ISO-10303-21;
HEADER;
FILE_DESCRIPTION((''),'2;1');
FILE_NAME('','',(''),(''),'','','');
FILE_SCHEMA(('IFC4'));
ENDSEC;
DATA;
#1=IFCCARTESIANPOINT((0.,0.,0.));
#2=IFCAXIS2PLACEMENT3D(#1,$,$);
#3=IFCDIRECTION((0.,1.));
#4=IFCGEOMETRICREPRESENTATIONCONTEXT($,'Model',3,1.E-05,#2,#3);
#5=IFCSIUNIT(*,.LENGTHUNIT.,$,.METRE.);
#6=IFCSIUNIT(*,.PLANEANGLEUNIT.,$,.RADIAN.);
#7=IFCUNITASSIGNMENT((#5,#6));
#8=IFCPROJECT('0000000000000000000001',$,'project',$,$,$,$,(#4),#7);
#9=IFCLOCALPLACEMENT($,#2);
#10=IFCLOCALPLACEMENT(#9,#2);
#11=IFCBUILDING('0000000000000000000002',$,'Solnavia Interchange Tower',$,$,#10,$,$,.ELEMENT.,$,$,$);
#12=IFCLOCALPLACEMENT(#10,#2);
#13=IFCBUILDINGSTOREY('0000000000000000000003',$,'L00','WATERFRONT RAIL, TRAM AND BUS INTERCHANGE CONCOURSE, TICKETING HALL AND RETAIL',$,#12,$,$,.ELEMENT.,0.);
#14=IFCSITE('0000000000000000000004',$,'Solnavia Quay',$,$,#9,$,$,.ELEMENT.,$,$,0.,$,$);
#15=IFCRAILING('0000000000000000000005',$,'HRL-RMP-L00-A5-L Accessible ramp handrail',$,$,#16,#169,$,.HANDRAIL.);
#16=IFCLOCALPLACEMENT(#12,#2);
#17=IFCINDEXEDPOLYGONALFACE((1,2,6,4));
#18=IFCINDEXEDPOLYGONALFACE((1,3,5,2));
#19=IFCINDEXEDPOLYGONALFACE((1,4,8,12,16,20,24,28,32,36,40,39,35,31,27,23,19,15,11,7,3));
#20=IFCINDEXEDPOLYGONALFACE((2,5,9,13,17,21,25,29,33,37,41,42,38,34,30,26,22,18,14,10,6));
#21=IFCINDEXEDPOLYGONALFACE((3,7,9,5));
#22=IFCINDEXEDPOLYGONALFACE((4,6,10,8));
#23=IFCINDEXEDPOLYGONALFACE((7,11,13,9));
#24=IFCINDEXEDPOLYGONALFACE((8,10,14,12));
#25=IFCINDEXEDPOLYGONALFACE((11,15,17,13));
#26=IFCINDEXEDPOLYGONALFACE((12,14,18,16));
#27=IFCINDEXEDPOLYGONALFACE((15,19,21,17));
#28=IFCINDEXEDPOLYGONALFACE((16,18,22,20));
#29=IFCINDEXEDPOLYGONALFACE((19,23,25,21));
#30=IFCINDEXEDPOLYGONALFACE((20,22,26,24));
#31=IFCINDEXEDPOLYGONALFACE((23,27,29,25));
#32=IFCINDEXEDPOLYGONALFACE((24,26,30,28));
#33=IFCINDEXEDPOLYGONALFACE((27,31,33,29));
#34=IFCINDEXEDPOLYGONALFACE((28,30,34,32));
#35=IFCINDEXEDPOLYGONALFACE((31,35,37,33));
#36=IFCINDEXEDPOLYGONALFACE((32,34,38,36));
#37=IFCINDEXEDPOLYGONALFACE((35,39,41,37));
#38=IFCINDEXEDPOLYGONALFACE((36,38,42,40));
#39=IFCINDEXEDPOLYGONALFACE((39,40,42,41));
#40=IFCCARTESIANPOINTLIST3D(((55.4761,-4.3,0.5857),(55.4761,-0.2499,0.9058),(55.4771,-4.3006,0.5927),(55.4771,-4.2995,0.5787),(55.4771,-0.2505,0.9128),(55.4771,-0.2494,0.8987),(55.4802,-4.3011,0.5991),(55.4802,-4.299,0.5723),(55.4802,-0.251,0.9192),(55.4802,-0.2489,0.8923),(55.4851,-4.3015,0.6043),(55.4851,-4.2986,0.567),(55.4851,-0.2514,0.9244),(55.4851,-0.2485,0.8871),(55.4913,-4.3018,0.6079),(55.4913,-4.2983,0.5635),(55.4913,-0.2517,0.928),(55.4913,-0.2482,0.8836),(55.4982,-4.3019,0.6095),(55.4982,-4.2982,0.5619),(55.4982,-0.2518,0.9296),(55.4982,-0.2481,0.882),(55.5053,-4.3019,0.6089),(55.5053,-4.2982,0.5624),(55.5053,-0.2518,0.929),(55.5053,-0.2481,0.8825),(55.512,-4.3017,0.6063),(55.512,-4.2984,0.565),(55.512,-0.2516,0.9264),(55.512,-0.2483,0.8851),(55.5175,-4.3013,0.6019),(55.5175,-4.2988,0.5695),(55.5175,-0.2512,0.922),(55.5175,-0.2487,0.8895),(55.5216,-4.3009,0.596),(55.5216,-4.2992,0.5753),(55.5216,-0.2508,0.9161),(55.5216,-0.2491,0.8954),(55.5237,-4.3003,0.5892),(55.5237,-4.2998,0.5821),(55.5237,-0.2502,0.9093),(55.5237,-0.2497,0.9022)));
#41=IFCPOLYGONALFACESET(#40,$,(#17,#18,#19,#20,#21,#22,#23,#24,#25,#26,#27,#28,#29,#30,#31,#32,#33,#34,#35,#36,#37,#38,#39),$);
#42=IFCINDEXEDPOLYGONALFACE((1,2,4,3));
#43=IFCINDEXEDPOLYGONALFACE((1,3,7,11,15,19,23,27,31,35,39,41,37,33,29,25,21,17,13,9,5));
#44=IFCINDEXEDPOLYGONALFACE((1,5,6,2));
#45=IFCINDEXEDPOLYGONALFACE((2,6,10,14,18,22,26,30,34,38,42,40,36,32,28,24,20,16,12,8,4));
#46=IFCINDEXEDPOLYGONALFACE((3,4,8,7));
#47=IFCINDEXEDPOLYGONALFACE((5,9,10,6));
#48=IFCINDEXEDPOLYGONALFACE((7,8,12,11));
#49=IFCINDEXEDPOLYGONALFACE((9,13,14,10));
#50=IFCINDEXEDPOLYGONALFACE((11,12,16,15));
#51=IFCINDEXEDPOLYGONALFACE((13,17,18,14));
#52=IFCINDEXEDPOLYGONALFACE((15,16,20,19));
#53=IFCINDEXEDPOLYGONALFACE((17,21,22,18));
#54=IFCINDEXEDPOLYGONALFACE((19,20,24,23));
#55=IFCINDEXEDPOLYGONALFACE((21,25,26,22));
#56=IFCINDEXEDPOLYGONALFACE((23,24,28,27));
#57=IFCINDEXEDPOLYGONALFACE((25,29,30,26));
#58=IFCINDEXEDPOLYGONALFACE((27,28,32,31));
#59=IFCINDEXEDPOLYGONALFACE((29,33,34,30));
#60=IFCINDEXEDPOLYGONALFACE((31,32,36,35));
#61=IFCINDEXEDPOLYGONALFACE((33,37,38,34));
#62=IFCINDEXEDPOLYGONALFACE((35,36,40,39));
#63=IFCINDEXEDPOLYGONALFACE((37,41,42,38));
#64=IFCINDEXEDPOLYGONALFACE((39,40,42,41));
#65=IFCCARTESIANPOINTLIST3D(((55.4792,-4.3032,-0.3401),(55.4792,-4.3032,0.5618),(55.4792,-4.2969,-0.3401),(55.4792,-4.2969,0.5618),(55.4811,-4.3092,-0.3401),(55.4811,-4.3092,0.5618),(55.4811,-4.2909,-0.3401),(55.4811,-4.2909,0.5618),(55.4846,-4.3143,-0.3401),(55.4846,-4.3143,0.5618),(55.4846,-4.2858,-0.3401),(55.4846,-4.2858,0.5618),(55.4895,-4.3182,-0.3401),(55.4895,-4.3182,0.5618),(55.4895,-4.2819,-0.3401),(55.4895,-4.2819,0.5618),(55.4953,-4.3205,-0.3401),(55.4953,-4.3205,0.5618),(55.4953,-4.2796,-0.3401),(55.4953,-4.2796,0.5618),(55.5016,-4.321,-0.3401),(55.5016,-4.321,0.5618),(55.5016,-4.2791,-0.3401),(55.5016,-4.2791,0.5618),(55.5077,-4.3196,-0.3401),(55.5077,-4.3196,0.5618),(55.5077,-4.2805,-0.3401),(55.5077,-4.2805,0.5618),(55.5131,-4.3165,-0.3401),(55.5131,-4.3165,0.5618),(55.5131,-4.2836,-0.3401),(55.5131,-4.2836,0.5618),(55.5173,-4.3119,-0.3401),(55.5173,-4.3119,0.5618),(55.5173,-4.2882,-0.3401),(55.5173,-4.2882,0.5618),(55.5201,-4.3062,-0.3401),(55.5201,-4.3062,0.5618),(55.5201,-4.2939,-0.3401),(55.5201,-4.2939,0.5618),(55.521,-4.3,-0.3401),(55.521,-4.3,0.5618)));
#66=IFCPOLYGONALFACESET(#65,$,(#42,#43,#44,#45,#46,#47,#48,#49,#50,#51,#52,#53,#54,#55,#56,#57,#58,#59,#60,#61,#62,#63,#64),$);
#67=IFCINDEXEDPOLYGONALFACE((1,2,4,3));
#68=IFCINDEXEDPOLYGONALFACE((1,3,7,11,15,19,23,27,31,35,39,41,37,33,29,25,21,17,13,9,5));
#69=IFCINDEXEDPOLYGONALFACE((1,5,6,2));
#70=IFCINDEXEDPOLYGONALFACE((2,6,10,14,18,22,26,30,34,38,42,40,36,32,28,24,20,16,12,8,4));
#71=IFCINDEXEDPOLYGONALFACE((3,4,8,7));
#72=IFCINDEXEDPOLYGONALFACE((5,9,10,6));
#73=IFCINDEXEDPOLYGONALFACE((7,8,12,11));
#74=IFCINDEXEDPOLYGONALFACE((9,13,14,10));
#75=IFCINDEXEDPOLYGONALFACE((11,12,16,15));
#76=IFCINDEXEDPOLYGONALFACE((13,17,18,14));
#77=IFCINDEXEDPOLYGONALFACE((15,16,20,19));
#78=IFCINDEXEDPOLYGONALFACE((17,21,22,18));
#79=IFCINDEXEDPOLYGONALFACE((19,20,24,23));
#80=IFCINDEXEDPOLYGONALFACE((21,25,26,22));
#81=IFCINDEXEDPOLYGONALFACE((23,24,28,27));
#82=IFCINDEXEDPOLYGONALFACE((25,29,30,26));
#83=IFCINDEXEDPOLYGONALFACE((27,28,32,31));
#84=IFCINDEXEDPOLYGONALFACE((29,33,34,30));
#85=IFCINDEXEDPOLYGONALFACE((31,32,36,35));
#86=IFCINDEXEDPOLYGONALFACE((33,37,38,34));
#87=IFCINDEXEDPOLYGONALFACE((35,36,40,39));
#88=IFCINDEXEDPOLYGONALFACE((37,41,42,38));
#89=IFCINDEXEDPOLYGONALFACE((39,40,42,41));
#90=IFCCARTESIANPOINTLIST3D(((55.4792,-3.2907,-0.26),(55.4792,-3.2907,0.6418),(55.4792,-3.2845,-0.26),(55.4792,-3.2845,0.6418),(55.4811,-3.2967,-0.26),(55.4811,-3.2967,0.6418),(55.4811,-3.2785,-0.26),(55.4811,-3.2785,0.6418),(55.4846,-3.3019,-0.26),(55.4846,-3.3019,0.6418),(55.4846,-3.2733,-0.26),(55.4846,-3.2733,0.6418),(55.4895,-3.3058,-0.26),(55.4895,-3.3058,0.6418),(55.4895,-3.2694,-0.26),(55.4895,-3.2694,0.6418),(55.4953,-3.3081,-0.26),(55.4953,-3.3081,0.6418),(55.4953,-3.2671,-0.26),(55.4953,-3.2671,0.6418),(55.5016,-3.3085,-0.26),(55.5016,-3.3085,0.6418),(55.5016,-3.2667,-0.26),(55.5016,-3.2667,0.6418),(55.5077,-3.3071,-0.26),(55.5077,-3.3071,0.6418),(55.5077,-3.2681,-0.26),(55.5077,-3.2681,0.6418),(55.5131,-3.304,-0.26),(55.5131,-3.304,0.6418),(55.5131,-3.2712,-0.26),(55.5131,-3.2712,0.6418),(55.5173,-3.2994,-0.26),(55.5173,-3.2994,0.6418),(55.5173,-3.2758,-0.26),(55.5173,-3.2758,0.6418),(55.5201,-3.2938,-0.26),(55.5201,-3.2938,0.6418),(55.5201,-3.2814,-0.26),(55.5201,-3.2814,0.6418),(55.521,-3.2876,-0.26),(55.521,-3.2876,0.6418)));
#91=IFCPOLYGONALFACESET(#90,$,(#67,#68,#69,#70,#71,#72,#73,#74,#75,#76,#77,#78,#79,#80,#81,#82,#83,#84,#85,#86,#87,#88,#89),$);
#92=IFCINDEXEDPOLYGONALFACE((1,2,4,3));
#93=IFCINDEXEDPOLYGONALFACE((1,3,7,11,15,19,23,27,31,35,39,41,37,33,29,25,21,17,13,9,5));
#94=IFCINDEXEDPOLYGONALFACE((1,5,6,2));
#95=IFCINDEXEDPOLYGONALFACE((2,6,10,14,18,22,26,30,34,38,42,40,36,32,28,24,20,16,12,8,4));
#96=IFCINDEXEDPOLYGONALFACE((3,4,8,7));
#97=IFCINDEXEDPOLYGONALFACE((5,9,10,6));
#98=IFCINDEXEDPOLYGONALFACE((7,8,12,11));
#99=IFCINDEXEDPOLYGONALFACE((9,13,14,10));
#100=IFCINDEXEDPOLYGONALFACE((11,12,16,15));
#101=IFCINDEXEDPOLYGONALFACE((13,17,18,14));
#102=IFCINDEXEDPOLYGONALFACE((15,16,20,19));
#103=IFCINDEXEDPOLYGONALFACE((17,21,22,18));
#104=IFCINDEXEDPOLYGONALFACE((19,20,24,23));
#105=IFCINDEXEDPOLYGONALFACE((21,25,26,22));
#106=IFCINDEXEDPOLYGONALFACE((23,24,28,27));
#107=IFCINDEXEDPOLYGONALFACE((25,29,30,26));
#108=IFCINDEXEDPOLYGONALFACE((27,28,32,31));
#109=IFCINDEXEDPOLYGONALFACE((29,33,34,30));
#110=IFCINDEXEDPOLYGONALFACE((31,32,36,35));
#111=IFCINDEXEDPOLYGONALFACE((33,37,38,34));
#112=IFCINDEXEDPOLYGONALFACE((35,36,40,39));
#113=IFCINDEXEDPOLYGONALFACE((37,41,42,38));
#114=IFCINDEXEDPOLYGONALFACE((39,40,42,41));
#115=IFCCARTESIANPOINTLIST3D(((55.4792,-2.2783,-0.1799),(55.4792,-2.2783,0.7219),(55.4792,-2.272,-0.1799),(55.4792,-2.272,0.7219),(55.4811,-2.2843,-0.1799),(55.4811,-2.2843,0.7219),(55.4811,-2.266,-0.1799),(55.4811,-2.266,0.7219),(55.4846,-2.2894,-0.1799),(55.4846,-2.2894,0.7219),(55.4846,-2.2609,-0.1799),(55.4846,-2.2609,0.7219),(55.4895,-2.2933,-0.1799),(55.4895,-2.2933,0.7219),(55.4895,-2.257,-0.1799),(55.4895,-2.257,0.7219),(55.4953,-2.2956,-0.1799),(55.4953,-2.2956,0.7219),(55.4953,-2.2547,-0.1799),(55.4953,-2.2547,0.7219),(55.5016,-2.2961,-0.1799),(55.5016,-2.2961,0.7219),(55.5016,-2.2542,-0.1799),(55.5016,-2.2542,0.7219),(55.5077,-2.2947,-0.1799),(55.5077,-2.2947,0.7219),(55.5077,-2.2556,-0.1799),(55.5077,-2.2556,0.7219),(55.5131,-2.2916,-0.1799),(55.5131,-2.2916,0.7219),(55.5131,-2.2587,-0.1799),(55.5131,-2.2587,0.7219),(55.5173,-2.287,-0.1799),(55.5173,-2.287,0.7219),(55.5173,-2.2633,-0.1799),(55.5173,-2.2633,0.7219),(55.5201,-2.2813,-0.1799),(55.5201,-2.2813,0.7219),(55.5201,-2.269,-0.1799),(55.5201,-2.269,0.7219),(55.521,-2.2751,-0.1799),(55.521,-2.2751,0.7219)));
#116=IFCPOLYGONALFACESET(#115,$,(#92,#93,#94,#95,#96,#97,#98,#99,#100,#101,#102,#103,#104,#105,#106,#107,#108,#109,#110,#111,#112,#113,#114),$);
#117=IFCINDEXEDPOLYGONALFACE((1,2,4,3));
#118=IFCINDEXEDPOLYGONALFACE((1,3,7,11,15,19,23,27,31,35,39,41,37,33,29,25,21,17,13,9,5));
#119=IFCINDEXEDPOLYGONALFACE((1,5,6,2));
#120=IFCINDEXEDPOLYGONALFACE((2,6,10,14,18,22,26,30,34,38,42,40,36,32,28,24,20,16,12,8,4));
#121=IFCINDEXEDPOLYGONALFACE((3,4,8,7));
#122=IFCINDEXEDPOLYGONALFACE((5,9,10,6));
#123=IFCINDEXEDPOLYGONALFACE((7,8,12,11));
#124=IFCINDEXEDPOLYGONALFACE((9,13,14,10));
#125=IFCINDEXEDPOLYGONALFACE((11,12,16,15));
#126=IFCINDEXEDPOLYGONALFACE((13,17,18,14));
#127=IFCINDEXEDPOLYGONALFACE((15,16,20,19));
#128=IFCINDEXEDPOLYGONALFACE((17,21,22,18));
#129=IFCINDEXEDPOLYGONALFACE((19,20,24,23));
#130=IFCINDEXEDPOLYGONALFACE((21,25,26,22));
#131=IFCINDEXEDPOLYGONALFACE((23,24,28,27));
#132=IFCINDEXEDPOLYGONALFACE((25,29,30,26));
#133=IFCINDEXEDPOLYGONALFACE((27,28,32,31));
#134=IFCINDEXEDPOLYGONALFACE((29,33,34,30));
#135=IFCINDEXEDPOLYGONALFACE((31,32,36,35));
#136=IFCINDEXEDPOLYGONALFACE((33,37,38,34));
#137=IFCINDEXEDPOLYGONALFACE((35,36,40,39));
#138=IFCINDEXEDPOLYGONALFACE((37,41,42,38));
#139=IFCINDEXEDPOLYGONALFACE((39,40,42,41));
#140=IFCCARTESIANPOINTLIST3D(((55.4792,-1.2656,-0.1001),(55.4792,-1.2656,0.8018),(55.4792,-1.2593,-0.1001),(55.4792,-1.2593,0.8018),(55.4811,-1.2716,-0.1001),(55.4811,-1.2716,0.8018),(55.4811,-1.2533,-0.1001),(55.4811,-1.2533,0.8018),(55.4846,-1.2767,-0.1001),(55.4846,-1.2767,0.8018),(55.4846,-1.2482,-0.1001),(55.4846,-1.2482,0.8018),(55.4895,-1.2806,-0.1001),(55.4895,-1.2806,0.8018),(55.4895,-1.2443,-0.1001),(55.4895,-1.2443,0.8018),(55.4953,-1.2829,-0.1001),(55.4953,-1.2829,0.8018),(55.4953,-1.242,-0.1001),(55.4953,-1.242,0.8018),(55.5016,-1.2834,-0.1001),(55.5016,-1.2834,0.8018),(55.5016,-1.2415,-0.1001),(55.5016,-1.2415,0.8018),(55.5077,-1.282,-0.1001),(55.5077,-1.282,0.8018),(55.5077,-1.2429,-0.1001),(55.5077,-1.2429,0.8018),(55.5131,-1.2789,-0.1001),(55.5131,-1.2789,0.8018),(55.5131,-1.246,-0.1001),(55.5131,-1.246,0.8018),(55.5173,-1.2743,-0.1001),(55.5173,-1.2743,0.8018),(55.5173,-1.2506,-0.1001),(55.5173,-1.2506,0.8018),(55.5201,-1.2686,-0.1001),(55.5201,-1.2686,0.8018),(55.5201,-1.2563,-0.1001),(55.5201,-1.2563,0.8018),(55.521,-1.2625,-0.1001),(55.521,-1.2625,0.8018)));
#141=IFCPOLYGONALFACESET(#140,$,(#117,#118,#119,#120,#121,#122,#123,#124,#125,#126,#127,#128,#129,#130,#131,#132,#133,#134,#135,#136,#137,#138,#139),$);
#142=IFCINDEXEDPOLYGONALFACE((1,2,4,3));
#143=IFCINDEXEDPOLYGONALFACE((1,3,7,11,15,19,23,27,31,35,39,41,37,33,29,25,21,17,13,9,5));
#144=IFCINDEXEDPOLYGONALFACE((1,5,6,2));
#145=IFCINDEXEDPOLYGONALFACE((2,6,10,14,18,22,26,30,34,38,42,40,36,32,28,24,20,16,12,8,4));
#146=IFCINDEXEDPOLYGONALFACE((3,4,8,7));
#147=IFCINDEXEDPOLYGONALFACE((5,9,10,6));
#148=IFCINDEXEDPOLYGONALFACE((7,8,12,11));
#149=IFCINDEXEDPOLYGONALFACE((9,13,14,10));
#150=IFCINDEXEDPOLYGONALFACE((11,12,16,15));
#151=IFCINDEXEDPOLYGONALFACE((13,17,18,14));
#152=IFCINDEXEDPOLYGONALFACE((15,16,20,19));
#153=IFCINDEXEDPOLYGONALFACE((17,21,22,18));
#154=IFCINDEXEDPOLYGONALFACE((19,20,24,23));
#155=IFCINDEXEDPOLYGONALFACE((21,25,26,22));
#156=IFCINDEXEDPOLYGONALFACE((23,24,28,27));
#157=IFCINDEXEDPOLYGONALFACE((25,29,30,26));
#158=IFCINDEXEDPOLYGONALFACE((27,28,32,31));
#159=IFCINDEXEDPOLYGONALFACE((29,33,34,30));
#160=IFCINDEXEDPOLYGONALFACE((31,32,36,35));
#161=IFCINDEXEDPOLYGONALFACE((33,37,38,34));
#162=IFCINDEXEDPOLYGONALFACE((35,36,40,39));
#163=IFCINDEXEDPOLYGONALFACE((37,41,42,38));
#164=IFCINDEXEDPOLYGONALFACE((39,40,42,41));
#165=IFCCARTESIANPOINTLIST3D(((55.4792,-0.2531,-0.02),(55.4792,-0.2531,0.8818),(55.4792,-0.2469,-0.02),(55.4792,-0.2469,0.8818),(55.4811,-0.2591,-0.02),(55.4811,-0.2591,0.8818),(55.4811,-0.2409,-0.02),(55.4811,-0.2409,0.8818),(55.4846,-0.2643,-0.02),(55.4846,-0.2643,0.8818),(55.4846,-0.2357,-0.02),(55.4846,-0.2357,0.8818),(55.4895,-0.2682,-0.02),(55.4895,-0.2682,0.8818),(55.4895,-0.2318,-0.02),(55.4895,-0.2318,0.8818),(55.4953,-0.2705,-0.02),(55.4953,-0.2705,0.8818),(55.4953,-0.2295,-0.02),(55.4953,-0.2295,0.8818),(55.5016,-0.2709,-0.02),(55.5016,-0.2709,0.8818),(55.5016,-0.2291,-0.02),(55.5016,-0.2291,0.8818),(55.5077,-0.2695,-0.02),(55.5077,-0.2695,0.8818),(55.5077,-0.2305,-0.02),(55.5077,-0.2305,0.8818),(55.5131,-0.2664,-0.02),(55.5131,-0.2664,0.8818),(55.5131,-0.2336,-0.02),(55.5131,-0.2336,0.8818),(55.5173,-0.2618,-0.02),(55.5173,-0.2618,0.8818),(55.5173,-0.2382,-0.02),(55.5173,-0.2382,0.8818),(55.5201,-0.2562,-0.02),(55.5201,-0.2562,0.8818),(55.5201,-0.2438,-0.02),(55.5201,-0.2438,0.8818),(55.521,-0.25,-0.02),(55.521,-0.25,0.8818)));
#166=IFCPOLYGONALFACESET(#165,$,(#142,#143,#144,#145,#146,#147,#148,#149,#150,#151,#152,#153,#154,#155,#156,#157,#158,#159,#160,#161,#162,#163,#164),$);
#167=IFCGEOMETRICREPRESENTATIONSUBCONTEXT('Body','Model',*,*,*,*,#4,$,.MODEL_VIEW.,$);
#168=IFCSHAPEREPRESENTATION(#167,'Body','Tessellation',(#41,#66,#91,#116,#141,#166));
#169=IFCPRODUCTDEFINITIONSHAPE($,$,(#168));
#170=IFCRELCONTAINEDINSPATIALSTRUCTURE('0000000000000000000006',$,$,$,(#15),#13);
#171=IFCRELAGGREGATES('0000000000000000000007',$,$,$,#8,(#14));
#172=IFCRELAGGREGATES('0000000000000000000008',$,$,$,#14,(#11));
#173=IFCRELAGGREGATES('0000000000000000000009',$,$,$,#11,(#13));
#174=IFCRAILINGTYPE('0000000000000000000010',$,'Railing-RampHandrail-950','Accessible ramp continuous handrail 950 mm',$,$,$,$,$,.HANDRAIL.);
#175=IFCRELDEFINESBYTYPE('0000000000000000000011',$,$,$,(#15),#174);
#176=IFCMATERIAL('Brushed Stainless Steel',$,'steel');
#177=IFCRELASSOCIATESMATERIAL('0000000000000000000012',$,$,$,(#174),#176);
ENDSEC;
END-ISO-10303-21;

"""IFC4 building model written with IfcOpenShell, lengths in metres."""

from ifc_helpers import new_model, si_unit, direction, frame, origin, origin_2d, place, context, subcontext, project, spatial, circle, extrude, material, type_object, element, save


model = new_model("IFC4")

# Units and contexts
model_context = context("Model", 3, precision=1e-05, world=origin(), true_north=direction((0.0, 1.0)))
body_context = subcontext(model_context, "Body", "Model", "MODEL_VIEW")
ifc_project = project(units=[si_unit("LENGTHUNIT", "METRE"), si_unit("PLANEANGLEUNIT", "RADIAN")], contexts=[model_context])

# Site, building, storey
site_placement = place(None, origin())
site = spatial("IfcSite", under=ifc_project, at=site_placement, Name="Solnavia Quay", CompositionType="ELEMENT", RefElevation=0.0)
building_placement = place(site_placement, origin())
building = spatial("IfcBuilding", under=site, at=building_placement, Name="Solnavia Interchange Tower", CompositionType="ELEMENT")
storey_placement = place(building_placement, origin())
storey = spatial("IfcBuildingStorey", under=building, at=storey_placement, Name="L00", Description="WATERFRONT RAIL, TRAM AND BUS INTERCHANGE CONCOURSE, TICKETING HALL AND RETAIL", CompositionType="ELEMENT", Elevation=0.0)

# Railing
ifc_material_1 = material(Name="Brushed Stainless Steel", Category="steel")
railing_type = type_object("IfcRailingType", Name="Railing-RampHandrail-950", Description="Accessible ramp continuous handrail 950 mm", PredefinedType="HANDRAIL", material=ifc_material_1)
railing_placement = place(storey_placement, frame((55.5, -4.3, -0.3401)))
element("IfcRailing", 1, at=railing_placement, inside=storey, type_object=railing_type, Name="HRL-RMP-L00-A5-L Accessible ramp handrail", PredefinedType="HANDRAIL", context=body_context, shape_type="SweptSolid", body=[
    extrude(circle(Radius=0.0239, at=origin_2d()), frame((0.0, 0.0, 0.9258), z_axis=(0.0, 0.996892, 0.078783), x_axis=(-1.0, 0.0, 0.0)), (0.0, 0.0, 1.0), 4.0627),
    extrude(circle(Radius=0.021, at=origin_2d()), origin(), (0.0, 0.0, 1.0), 0.9019),
    extrude(circle(Radius=0.021, at=origin_2d()), frame((0.0, 1.0125, 0.0801)), (0.0, 0.0, 1.0), 0.9019),
    extrude(circle(Radius=0.021, at=origin_2d()), frame((0.0, 2.0249, 0.1602)), (0.0, 0.0, 1.0), 0.9019),
    extrude(circle(Radius=0.021, at=origin_2d()), frame((0.0, 3.0376, 0.24)), (0.0, 0.0, 1.0), 0.9019),
    extrude(circle(Radius=0.021, at=origin_2d()), frame((0.0, 4.05, 0.3201)), (0.0, 0.0, 1.0), 0.9019),
])

save(model, "model.ifc")
